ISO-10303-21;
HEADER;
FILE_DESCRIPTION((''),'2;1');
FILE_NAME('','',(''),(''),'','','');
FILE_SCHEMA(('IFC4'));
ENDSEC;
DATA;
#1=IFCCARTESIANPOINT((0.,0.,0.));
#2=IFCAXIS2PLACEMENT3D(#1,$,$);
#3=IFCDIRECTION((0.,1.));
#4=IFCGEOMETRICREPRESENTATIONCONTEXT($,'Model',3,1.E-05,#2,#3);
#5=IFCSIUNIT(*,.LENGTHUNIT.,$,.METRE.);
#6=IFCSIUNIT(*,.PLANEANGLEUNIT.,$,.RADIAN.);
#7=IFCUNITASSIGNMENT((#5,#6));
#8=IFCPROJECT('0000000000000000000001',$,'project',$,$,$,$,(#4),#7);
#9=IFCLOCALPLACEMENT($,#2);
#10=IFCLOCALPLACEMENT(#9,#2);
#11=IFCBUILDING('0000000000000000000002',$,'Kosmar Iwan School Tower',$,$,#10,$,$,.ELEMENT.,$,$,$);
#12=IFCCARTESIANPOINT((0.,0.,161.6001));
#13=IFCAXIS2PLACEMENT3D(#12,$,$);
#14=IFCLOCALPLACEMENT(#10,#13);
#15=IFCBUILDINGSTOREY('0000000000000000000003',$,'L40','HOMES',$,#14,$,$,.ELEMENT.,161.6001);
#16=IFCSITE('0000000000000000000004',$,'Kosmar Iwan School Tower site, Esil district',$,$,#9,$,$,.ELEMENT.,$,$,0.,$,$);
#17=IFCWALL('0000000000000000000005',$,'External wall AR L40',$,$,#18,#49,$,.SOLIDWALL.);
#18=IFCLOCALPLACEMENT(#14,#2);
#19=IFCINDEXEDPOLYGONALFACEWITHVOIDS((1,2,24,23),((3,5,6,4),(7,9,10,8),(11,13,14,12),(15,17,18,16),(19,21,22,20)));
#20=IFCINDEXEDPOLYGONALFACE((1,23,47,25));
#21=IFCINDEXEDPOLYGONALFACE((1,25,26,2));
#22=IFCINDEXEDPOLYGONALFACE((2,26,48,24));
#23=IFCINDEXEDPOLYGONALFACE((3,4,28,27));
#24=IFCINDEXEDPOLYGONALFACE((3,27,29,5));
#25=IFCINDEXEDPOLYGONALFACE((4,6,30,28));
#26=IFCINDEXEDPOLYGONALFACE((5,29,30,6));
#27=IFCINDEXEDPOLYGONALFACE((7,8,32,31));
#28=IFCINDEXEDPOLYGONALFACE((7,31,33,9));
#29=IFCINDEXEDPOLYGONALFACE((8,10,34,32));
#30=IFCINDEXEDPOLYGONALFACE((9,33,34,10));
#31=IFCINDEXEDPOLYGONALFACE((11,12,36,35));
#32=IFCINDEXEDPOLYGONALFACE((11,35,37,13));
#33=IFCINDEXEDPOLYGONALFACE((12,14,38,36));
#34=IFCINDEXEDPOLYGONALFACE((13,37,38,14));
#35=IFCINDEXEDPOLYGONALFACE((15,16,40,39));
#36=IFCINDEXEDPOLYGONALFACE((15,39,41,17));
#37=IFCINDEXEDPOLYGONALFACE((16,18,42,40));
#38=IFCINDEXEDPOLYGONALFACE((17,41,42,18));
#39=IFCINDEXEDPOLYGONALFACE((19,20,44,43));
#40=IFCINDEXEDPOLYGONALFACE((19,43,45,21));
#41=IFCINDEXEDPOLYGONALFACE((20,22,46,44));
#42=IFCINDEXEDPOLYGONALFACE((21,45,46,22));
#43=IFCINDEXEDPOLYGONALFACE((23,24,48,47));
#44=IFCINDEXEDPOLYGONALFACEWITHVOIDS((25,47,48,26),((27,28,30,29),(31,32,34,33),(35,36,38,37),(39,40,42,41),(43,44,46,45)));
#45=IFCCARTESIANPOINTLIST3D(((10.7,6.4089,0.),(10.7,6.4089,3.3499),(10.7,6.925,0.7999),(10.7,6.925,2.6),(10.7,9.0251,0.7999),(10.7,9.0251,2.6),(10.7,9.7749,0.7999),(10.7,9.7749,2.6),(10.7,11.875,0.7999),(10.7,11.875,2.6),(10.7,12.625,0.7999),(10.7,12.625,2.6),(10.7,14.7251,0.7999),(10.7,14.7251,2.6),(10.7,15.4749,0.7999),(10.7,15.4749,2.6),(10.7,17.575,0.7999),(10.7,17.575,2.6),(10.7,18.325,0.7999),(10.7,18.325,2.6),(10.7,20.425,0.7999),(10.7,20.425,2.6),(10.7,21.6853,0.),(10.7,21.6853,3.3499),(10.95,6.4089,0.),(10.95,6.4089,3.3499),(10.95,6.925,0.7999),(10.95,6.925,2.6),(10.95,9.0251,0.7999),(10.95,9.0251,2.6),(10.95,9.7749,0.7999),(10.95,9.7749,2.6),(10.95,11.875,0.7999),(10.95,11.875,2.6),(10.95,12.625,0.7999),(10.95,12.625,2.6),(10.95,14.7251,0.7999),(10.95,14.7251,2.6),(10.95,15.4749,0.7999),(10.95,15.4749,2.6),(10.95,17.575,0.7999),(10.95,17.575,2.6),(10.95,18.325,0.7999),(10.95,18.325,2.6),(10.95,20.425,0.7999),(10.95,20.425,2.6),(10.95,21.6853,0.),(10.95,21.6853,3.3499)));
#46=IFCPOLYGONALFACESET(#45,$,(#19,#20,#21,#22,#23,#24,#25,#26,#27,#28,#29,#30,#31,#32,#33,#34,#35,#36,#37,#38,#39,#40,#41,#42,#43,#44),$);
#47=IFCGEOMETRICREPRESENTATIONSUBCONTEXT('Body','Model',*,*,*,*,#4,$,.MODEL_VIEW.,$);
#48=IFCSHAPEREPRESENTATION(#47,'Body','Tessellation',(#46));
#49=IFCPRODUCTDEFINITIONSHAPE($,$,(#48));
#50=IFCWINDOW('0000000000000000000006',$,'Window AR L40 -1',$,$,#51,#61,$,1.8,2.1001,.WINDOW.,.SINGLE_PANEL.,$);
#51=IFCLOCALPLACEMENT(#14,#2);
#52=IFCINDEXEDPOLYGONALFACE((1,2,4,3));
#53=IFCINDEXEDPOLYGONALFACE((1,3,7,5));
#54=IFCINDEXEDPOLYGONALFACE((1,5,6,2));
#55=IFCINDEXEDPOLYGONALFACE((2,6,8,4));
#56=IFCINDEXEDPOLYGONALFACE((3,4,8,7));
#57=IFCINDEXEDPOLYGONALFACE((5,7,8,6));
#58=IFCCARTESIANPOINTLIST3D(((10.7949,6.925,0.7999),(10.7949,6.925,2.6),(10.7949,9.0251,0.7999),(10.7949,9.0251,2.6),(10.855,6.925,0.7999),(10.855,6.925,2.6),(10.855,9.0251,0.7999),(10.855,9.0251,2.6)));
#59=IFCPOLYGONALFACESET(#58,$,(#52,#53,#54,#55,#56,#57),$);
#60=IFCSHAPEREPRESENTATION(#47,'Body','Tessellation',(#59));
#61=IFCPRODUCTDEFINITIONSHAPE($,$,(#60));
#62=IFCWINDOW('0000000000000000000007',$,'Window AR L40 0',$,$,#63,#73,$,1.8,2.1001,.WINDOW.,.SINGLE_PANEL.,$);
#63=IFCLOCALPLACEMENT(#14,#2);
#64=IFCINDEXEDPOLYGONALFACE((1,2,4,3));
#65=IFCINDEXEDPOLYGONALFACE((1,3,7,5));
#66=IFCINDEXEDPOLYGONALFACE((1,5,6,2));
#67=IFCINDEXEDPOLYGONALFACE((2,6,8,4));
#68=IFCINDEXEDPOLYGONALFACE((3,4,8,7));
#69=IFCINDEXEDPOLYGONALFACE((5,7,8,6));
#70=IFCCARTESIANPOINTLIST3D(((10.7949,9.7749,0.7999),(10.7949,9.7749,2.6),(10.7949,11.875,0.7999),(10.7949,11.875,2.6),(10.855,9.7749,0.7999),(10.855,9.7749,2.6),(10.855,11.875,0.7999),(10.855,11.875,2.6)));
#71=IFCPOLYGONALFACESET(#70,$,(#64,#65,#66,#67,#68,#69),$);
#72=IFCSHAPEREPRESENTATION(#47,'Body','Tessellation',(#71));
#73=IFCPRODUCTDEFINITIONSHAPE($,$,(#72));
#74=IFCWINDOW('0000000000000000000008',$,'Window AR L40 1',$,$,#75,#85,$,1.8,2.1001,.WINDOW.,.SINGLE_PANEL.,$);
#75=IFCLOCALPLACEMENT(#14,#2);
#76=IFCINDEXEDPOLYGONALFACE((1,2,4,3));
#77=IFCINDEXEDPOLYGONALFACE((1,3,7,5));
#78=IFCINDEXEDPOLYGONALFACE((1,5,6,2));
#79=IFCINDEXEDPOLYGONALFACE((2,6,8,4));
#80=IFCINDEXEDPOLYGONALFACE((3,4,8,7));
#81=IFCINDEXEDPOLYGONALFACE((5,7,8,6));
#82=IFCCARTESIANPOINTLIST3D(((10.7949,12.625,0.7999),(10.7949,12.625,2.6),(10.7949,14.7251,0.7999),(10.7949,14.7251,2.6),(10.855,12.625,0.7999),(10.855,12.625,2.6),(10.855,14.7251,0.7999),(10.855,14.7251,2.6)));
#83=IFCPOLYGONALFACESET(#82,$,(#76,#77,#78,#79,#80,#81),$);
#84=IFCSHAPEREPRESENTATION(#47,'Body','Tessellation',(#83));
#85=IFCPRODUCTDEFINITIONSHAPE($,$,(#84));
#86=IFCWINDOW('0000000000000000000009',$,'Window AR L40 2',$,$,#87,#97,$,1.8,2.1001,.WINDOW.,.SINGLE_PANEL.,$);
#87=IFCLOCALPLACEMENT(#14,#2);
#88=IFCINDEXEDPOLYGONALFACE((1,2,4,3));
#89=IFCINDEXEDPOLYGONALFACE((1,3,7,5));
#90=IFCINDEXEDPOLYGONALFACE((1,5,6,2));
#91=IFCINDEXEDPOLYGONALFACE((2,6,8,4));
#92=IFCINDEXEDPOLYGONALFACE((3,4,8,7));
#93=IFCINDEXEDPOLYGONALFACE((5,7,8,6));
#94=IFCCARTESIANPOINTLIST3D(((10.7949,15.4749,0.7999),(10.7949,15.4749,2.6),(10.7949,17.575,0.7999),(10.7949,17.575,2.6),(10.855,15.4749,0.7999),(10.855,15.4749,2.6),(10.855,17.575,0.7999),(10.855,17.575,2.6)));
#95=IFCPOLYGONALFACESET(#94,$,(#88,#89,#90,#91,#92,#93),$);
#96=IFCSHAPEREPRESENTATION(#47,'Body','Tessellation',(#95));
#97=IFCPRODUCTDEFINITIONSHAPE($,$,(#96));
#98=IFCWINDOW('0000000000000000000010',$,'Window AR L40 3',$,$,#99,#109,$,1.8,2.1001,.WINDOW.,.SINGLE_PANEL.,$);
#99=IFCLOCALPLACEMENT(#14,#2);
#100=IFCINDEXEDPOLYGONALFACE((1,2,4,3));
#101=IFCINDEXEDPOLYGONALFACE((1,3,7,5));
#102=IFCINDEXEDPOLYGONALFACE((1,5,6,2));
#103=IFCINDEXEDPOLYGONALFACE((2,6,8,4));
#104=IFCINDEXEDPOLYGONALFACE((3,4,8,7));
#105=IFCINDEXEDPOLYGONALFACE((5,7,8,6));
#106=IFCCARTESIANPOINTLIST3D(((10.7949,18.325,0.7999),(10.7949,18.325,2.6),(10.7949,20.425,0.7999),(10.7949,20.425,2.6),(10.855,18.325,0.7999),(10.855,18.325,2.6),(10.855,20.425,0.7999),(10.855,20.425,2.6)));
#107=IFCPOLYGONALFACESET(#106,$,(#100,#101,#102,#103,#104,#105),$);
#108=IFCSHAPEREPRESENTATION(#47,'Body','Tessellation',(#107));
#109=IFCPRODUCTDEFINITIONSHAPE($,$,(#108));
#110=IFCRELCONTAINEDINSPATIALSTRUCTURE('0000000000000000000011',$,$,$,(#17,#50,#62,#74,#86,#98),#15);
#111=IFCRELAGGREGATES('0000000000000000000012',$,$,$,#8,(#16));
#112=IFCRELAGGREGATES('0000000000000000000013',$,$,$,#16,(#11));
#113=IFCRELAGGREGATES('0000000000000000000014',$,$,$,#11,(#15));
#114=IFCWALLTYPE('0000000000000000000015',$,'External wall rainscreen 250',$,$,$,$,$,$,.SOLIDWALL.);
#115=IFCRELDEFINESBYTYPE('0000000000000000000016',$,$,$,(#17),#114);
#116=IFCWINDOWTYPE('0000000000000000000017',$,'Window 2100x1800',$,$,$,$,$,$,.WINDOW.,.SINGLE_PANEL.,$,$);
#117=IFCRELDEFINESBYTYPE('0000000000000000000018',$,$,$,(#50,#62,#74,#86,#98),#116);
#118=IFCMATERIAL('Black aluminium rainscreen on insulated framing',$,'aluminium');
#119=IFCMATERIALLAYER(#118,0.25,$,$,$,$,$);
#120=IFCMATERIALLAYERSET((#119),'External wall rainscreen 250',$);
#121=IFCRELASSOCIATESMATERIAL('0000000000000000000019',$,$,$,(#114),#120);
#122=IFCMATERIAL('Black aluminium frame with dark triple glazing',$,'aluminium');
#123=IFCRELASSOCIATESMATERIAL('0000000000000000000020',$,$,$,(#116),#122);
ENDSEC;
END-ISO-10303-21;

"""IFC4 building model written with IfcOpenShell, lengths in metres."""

from ifc_helpers import new_model, si_unit, direction, frame, frame_2d, origin, place, context, subcontext, project, spatial, rectangle, extrude, material, layer, layer_set, type_object, element, fill, save


model = new_model("IFC4")

# Units and contexts
model_context = context("Model", 3, precision=1e-05, world=origin(), true_north=direction((0.0, 1.0)))
body_context = subcontext(model_context, "Body", "Model", "MODEL_VIEW")
ifc_project = project(units=[si_unit("LENGTHUNIT", "METRE"), si_unit("PLANEANGLEUNIT", "RADIAN")], contexts=[model_context])

# Site, building, storey
site_placement = place(None, origin())
site = spatial("IfcSite", under=ifc_project, at=site_placement, Name="Kosmar Iwan School Tower site, Esil district", CompositionType="ELEMENT", RefElevation=0.0)
building_placement = place(site_placement, origin())
building = spatial("IfcBuilding", under=site, at=building_placement, Name="Kosmar Iwan School Tower", CompositionType="ELEMENT")
storey_placement = place(building_placement, frame((0.0, 0.0, 161.6001)))
storey = spatial("IfcBuildingStorey", under=building, at=storey_placement, Name="L40", Description="HOMES", CompositionType="ELEMENT", Elevation=161.6001)

# Wall, openings, windows
ifc_material_1 = material(Name="Black aluminium rainscreen on insulated framing", Category="aluminium")
ifc_layer_1 = layer(ifc_material_1, 0.25)
ifc_layer_set_1 = layer_set([ifc_layer_1], Name="External wall rainscreen 250")
wall_type_1 = type_object("IfcWallType", Name="External wall rainscreen 250", PredefinedType="SOLIDWALL", material=ifc_layer_set_1)
ifc_material_2 = material(Name="Black aluminium frame with dark triple glazing", Category="aluminium")
window_type = type_object("IfcWindowType", Name="Window 2100x1800", PartitioningType="SINGLE_PANEL", PredefinedType="WINDOW", material=ifc_material_2)
wall_1_placement = place(storey_placement, frame((10.825, 6.4089, 0.0), z_axis=(0.0, 0.0, 1.0), x_axis=(0.0, 1.0, 0.0)))
wall_1 = element("IfcWall", 1, at=wall_1_placement, inside=storey, type_object=wall_type_1, Name="External wall AR L40", PredefinedType="SOLIDWALL", context=body_context, shape_type="SweptSolid", body=[
    extrude(rectangle(XDim=15.2764, YDim=0.25, at=frame_2d((7.6382, 0.0))), origin(), (0.0, 0.0, 1.0), 3.3499),
])
opening_1_placement = place(wall_1_placement, frame((0.5161, 0.0, 0.8)))
opening_1 = element("IfcOpeningElement", 2, at=opening_1_placement, cuts=wall_1, PredefinedType="OPENING", context=body_context, shape_type="SweptSolid", body=[
    extrude(rectangle(XDim=2.1001, YDim=1.8, at=frame_2d((1.05, 0.8999))), frame((0.0, 0.137, 0.0), z_axis=(0.0, -1.0, 0.0), x_axis=(1.0, 0.0, 0.0)), (0.0, 0.0, 1.0), 0.2739),
])
opening_2_placement = place(wall_1_placement, frame((3.366, 0.0, 0.8)))
opening_2 = element("IfcOpeningElement", 3, at=opening_2_placement, cuts=wall_1, PredefinedType="OPENING", context=body_context, shape_type="SweptSolid", body=[
    extrude(rectangle(XDim=2.1001, YDim=1.8, at=frame_2d((1.05, 0.8999))), frame((0.0, 0.137, 0.0), z_axis=(0.0, -1.0, 0.0), x_axis=(1.0, 0.0, 0.0)), (0.0, 0.0, 1.0), 0.2739),
])
opening_3_placement = place(wall_1_placement, frame((6.2161, 0.0, 0.8)))
opening_3 = element("IfcOpeningElement", 4, at=opening_3_placement, cuts=wall_1, PredefinedType="OPENING", context=body_context, shape_type="SweptSolid", body=[
    extrude(rectangle(XDim=2.1001, YDim=1.8, at=frame_2d((1.05, 0.8999))), frame((0.0, 0.137, 0.0), z_axis=(0.0, -1.0, 0.0), x_axis=(1.0, 0.0, 0.0)), (0.0, 0.0, 1.0), 0.2739),
])
opening_4_placement = place(wall_1_placement, frame((9.0659, 0.0, 0.8)))
opening_4 = element("IfcOpeningElement", 5, at=opening_4_placement, cuts=wall_1, PredefinedType="OPENING", context=body_context, shape_type="SweptSolid", body=[
    extrude(rectangle(XDim=2.1001, YDim=1.8, at=frame_2d((1.05, 0.8999))), frame((0.0, 0.137, 0.0), z_axis=(0.0, -1.0, 0.0), x_axis=(1.0, 0.0, 0.0)), (0.0, 0.0, 1.0), 0.2739),
])
opening_5_placement = place(wall_1_placement, frame((11.916, 0.0, 0.8)))
opening_5 = element("IfcOpeningElement", 6, at=opening_5_placement, cuts=wall_1, PredefinedType="OPENING", context=body_context, shape_type="SweptSolid", body=[
    extrude(rectangle(XDim=2.1001, YDim=1.8, at=frame_2d((1.05, 0.8999))), frame((0.0, 0.137, 0.0), z_axis=(0.0, -1.0, 0.0), x_axis=(1.0, 0.0, 0.0)), (0.0, 0.0, 1.0), 0.2739),
])
window_1_placement = place(opening_1_placement, origin())
window_1 = element("IfcWindow", 7, at=window_1_placement, inside=storey, type_object=window_type, Name="Window AR L40 -1", OverallHeight=1.8, OverallWidth=2.1001, PartitioningType="SINGLE_PANEL", PredefinedType="WINDOW", context=body_context, shape_type="SweptSolid", body=[
    extrude(rectangle(XDim=2.1001, YDim=1.8, at=frame_2d((1.05, 0.8999))), frame((0.0, 0.03, 0.0), z_axis=(0.0, -1.0, 0.0), x_axis=(1.0, 0.0, 0.0)), (0.0, 0.0, 1.0), 0.0601),
])
fill(opening_1, window_1)
window_2_placement = place(opening_2_placement, origin())
window_2 = element("IfcWindow", 8, at=window_2_placement, inside=storey, type_object=window_type, Name="Window AR L40 0", OverallHeight=1.8, OverallWidth=2.1001, PartitioningType="SINGLE_PANEL", PredefinedType="WINDOW", context=body_context, shape_type="SweptSolid", body=[
    extrude(rectangle(XDim=2.1001, YDim=1.8, at=frame_2d((1.05, 0.8999))), frame((0.0, 0.03, 0.0), z_axis=(0.0, -1.0, 0.0), x_axis=(1.0, 0.0, 0.0)), (0.0, 0.0, 1.0), 0.0601),
])
fill(opening_2, window_2)
window_3_placement = place(opening_3_placement, origin())
window_3 = element("IfcWindow", 9, at=window_3_placement, inside=storey, type_object=window_type, Name="Window AR L40 1", OverallHeight=1.8, OverallWidth=2.1001, PartitioningType="SINGLE_PANEL", PredefinedType="WINDOW", context=body_context, shape_type="SweptSolid", body=[
    extrude(rectangle(XDim=2.1001, YDim=1.8, at=frame_2d((1.05, 0.8999))), frame((0.0, 0.03, 0.0), z_axis=(0.0, -1.0, 0.0), x_axis=(1.0, 0.0, 0.0)), (0.0, 0.0, 1.0), 0.0601),
])
fill(opening_3, window_3)
window_4_placement = place(opening_4_placement, origin())
window_4 = element("IfcWindow", 10, at=window_4_placement, inside=storey, type_object=window_type, Name="Window AR L40 2", OverallHeight=1.8, OverallWidth=2.1001, PartitioningType="SINGLE_PANEL", PredefinedType="WINDOW", context=body_context, shape_type="SweptSolid", body=[
    extrude(rectangle(XDim=2.1001, YDim=1.8, at=frame_2d((1.05, 0.8999))), frame((0.0, 0.03, 0.0), z_axis=(0.0, -1.0, 0.0), x_axis=(1.0, 0.0, 0.0)), (0.0, 0.0, 1.0), 0.0601),
])
fill(opening_4, window_4)
window_5_placement = place(opening_5_placement, origin())
window_5 = element("IfcWindow", 11, at=window_5_placement, inside=storey, type_object=window_type, Name="Window AR L40 3", OverallHeight=1.8, OverallWidth=2.1001, PartitioningType="SINGLE_PANEL", PredefinedType="WINDOW", context=body_context, shape_type="SweptSolid", body=[
    extrude(rectangle(XDim=2.1001, YDim=1.8, at=frame_2d((1.05, 0.8999))), frame((0.0, 0.03, 0.0), z_axis=(0.0, -1.0, 0.0), x_axis=(1.0, 0.0, 0.0)), (0.0, 0.0, 1.0), 0.0601),
])
fill(opening_5, window_5)

save(model, "model.ifc")
